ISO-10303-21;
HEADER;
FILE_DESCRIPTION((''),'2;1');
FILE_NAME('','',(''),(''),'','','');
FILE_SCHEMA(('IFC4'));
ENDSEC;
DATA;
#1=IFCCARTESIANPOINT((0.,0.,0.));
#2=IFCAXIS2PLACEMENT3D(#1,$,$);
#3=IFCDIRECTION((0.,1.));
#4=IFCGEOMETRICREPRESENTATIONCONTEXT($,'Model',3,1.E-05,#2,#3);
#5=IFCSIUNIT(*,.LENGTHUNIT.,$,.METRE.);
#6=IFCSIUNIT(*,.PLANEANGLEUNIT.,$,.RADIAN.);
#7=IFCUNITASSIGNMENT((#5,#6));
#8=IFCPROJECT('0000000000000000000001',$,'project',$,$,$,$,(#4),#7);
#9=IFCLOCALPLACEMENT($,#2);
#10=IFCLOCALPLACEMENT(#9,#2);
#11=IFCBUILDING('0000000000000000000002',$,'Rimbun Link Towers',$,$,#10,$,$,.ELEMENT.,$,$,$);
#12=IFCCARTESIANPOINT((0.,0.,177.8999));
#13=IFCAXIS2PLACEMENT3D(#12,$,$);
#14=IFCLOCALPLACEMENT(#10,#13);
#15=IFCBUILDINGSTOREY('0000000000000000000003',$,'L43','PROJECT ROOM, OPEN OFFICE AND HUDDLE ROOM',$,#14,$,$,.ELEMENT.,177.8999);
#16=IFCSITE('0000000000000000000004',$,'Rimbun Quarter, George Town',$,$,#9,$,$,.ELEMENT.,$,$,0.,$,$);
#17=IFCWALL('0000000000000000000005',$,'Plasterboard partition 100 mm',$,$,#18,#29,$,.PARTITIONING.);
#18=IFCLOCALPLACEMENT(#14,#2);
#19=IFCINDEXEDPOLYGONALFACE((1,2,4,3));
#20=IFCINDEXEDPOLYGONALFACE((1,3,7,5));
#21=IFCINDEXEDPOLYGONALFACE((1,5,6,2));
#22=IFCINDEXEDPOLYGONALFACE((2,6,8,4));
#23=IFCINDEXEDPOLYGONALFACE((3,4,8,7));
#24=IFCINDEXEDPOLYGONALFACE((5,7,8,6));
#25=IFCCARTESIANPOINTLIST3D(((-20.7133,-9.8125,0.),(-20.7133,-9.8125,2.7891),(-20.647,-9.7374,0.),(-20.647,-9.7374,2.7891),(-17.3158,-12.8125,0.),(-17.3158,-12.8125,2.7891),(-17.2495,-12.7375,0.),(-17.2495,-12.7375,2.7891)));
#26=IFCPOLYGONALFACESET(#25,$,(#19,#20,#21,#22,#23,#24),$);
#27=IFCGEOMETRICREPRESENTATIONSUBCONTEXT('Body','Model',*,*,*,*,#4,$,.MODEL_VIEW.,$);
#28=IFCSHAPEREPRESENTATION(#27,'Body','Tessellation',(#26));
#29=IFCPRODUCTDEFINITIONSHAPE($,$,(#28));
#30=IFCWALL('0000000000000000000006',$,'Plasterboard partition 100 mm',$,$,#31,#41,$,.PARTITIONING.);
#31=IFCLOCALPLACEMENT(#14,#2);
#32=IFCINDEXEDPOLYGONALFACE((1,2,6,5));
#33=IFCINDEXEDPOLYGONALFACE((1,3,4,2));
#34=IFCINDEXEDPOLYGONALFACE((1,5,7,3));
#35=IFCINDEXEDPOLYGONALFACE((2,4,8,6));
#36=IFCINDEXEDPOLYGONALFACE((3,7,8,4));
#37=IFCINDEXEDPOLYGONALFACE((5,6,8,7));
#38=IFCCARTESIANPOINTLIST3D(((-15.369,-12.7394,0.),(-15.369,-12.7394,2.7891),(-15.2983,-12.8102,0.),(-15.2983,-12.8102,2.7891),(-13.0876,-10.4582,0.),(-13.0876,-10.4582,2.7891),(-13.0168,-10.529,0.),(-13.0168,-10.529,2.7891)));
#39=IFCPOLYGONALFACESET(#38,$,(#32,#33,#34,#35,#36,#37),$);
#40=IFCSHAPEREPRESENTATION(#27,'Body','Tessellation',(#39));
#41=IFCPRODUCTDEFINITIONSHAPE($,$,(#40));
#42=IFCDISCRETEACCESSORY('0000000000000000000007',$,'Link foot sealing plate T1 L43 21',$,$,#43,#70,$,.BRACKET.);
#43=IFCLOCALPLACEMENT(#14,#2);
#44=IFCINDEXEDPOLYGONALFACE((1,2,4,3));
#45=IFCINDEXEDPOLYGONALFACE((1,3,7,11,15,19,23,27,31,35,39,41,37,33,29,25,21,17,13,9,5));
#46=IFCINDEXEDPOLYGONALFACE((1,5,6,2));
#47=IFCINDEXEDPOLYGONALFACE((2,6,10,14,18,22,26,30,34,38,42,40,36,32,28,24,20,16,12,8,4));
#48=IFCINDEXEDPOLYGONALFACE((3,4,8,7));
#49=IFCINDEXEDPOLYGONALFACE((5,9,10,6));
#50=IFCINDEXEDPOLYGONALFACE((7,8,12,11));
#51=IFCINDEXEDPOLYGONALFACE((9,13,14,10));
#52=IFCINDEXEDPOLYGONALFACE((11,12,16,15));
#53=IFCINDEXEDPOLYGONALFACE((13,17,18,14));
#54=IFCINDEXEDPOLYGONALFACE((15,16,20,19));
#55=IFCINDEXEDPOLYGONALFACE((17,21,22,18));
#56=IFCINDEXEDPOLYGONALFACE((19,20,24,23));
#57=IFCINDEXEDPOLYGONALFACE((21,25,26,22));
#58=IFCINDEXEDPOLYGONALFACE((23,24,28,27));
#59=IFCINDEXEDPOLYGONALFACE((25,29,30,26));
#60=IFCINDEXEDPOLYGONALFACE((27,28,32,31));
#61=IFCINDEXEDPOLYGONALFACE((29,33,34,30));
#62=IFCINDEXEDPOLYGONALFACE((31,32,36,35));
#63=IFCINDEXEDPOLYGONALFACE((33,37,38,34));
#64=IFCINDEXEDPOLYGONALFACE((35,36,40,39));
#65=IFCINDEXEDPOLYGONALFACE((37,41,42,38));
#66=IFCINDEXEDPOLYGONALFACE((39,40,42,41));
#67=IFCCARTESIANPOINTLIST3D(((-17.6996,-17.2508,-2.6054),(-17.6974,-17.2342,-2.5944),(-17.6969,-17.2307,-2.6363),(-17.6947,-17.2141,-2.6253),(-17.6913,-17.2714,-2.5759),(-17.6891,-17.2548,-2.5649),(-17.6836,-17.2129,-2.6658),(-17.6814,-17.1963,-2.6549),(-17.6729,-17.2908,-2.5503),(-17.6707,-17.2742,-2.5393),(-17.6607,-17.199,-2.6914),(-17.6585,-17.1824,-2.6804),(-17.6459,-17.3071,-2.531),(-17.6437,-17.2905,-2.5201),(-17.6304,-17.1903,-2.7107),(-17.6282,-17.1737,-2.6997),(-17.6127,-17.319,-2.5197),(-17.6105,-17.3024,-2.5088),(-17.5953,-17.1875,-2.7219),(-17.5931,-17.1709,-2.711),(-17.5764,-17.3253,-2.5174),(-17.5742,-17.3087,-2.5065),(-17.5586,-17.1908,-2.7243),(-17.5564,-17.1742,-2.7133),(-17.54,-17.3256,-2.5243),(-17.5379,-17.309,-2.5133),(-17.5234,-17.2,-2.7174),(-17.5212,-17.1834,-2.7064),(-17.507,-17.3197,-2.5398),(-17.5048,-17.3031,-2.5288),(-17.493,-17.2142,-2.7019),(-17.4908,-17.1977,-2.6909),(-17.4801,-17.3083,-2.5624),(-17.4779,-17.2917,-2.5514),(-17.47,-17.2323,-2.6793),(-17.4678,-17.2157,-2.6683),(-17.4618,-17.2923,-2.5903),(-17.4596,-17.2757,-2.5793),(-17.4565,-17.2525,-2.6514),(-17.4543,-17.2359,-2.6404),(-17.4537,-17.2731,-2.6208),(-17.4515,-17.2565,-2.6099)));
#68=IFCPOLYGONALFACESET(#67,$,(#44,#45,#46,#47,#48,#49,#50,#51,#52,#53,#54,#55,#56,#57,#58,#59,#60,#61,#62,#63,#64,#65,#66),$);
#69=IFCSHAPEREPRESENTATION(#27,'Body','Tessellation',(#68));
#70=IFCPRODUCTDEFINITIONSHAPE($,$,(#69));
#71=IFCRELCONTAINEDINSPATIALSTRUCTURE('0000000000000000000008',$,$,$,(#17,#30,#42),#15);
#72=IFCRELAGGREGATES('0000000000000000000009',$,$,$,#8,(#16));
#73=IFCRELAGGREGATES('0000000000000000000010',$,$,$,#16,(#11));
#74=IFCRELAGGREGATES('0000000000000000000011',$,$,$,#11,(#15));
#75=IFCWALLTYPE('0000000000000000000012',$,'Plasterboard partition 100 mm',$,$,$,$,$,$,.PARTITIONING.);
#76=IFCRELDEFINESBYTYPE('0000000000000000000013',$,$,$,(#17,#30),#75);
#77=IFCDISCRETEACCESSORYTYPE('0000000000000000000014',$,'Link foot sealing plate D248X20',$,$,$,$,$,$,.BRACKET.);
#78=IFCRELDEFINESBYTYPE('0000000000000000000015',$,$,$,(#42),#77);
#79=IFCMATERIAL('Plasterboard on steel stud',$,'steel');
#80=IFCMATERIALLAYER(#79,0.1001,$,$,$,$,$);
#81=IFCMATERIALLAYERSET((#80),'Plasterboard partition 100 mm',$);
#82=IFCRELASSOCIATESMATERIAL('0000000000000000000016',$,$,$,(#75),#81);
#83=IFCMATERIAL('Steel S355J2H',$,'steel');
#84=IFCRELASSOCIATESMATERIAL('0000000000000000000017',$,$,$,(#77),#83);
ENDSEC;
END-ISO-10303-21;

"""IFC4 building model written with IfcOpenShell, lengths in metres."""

from ifc_helpers import new_model, si_unit, direction, frame, frame_2d, origin, origin_2d, place, context, subcontext, project, spatial, rectangle, circle, extrude, material, layer, layer_set, material_profile, profile_set, type_object, element, save


model = new_model("IFC4")

# Units and contexts
model_context = context("Model", 3, precision=1e-05, world=origin(), true_north=direction((0.0, 1.0)))
body_context = subcontext(model_context, "Body", "Model", "MODEL_VIEW")
ifc_project = project(units=[si_unit("LENGTHUNIT", "METRE"), si_unit("PLANEANGLEUNIT", "RADIAN")], contexts=[model_context])

# Site, building, storey
site_placement = place(None, origin())
site = spatial("IfcSite", under=ifc_project, at=site_placement, Name="Rimbun Quarter, George Town", CompositionType="ELEMENT", RefElevation=0.0)
building_placement = place(site_placement, origin())
building = spatial("IfcBuilding", under=site, at=building_placement, Name="Rimbun Link Towers", CompositionType="ELEMENT")
storey_placement = place(building_placement, frame((0.0, 0.0, 177.8999)))
storey = spatial("IfcBuildingStorey", under=building, at=storey_placement, Name="L43", Description="PROJECT ROOM, OPEN OFFICE AND HUDDLE ROOM", CompositionType="ELEMENT", Elevation=177.8999)

# Shared definitions
ifc_material_1 = material(Name="Plasterboard on steel stud", Category="steel")
ifc_layer_1 = layer(ifc_material_1, 0.1001)
ifc_layer_set_1 = layer_set([ifc_layer_1], Name="Plasterboard partition 100 mm")
wall_type = type_object("IfcWallType", Name="Plasterboard partition 100 mm", PredefinedType="PARTITIONING", material=ifc_layer_set_1)

# Walls
wall_1_placement = place(storey_placement, frame((-17.2827, -12.7749, 0.0), z_axis=(0.0, 0.0, 1.0), x_axis=(-0.749593, 0.6619, 0.0)))
element("IfcWall", 1, at=wall_1_placement, inside=storey, type_object=wall_type, Name="Plasterboard partition 100 mm", PredefinedType="PARTITIONING", context=body_context, shape_type="SweptSolid", body=[
    extrude(rectangle(XDim=4.5325, YDim=0.1001, at=frame_2d((2.2661, 0.0))), origin(), (0.0, 0.0, 1.0), 2.7891),
])
wall_2_placement = place(storey_placement, frame((-15.3337, -12.7749, 0.0), z_axis=(0.0, 0.0, 1.0), x_axis=(0.707145, 0.707069, 0.0)))
element("IfcWall", 2, at=wall_2_placement, inside=storey, type_object=wall_type, Name="Plasterboard partition 100 mm", PredefinedType="PARTITIONING", context=body_context, shape_type="SweptSolid", body=[
    extrude(rectangle(XDim=3.2263, YDim=0.1001, at=frame_2d((1.6133, 0.0))), origin(), (0.0, 0.0, 1.0), 2.7891),
])

# Discrete accessory
ifc_material_2 = material(Name="Steel S355J2H", Category="steel")
ifc_material_profile_1 = material_profile(ifc_material_2, circle(Radius=0.124, at=origin_2d()), Name="PL D248")
ifc_profile_set_1 = profile_set([ifc_material_profile_1], Name="Steel S355J2H")
discrete_accessory_type = type_object("IfcDiscreteAccessoryType", Name="Link foot sealing plate D248X20", PredefinedType="BRACKET", material=ifc_profile_set_1)
discrete_accessory_placement = place(storey_placement, frame((-17.5745, -17.2402, -2.6099), z_axis=(-0.109707, -0.828899, -0.548536), x_axis=(0.991355, -0.131209, 0.0)))
element("IfcDiscreteAccessory", 3, at=discrete_accessory_placement, inside=storey, type_object=discrete_accessory_type, Name="Link foot sealing plate T1 L43 21", PredefinedType="BRACKET", context=body_context, shape_type="SweptSolid", body=[
    extrude(circle(Radius=0.124, at=origin_2d()), origin(), (0.0, 0.0, 1.0), 0.02),
])

save(model, "model.ifc")
